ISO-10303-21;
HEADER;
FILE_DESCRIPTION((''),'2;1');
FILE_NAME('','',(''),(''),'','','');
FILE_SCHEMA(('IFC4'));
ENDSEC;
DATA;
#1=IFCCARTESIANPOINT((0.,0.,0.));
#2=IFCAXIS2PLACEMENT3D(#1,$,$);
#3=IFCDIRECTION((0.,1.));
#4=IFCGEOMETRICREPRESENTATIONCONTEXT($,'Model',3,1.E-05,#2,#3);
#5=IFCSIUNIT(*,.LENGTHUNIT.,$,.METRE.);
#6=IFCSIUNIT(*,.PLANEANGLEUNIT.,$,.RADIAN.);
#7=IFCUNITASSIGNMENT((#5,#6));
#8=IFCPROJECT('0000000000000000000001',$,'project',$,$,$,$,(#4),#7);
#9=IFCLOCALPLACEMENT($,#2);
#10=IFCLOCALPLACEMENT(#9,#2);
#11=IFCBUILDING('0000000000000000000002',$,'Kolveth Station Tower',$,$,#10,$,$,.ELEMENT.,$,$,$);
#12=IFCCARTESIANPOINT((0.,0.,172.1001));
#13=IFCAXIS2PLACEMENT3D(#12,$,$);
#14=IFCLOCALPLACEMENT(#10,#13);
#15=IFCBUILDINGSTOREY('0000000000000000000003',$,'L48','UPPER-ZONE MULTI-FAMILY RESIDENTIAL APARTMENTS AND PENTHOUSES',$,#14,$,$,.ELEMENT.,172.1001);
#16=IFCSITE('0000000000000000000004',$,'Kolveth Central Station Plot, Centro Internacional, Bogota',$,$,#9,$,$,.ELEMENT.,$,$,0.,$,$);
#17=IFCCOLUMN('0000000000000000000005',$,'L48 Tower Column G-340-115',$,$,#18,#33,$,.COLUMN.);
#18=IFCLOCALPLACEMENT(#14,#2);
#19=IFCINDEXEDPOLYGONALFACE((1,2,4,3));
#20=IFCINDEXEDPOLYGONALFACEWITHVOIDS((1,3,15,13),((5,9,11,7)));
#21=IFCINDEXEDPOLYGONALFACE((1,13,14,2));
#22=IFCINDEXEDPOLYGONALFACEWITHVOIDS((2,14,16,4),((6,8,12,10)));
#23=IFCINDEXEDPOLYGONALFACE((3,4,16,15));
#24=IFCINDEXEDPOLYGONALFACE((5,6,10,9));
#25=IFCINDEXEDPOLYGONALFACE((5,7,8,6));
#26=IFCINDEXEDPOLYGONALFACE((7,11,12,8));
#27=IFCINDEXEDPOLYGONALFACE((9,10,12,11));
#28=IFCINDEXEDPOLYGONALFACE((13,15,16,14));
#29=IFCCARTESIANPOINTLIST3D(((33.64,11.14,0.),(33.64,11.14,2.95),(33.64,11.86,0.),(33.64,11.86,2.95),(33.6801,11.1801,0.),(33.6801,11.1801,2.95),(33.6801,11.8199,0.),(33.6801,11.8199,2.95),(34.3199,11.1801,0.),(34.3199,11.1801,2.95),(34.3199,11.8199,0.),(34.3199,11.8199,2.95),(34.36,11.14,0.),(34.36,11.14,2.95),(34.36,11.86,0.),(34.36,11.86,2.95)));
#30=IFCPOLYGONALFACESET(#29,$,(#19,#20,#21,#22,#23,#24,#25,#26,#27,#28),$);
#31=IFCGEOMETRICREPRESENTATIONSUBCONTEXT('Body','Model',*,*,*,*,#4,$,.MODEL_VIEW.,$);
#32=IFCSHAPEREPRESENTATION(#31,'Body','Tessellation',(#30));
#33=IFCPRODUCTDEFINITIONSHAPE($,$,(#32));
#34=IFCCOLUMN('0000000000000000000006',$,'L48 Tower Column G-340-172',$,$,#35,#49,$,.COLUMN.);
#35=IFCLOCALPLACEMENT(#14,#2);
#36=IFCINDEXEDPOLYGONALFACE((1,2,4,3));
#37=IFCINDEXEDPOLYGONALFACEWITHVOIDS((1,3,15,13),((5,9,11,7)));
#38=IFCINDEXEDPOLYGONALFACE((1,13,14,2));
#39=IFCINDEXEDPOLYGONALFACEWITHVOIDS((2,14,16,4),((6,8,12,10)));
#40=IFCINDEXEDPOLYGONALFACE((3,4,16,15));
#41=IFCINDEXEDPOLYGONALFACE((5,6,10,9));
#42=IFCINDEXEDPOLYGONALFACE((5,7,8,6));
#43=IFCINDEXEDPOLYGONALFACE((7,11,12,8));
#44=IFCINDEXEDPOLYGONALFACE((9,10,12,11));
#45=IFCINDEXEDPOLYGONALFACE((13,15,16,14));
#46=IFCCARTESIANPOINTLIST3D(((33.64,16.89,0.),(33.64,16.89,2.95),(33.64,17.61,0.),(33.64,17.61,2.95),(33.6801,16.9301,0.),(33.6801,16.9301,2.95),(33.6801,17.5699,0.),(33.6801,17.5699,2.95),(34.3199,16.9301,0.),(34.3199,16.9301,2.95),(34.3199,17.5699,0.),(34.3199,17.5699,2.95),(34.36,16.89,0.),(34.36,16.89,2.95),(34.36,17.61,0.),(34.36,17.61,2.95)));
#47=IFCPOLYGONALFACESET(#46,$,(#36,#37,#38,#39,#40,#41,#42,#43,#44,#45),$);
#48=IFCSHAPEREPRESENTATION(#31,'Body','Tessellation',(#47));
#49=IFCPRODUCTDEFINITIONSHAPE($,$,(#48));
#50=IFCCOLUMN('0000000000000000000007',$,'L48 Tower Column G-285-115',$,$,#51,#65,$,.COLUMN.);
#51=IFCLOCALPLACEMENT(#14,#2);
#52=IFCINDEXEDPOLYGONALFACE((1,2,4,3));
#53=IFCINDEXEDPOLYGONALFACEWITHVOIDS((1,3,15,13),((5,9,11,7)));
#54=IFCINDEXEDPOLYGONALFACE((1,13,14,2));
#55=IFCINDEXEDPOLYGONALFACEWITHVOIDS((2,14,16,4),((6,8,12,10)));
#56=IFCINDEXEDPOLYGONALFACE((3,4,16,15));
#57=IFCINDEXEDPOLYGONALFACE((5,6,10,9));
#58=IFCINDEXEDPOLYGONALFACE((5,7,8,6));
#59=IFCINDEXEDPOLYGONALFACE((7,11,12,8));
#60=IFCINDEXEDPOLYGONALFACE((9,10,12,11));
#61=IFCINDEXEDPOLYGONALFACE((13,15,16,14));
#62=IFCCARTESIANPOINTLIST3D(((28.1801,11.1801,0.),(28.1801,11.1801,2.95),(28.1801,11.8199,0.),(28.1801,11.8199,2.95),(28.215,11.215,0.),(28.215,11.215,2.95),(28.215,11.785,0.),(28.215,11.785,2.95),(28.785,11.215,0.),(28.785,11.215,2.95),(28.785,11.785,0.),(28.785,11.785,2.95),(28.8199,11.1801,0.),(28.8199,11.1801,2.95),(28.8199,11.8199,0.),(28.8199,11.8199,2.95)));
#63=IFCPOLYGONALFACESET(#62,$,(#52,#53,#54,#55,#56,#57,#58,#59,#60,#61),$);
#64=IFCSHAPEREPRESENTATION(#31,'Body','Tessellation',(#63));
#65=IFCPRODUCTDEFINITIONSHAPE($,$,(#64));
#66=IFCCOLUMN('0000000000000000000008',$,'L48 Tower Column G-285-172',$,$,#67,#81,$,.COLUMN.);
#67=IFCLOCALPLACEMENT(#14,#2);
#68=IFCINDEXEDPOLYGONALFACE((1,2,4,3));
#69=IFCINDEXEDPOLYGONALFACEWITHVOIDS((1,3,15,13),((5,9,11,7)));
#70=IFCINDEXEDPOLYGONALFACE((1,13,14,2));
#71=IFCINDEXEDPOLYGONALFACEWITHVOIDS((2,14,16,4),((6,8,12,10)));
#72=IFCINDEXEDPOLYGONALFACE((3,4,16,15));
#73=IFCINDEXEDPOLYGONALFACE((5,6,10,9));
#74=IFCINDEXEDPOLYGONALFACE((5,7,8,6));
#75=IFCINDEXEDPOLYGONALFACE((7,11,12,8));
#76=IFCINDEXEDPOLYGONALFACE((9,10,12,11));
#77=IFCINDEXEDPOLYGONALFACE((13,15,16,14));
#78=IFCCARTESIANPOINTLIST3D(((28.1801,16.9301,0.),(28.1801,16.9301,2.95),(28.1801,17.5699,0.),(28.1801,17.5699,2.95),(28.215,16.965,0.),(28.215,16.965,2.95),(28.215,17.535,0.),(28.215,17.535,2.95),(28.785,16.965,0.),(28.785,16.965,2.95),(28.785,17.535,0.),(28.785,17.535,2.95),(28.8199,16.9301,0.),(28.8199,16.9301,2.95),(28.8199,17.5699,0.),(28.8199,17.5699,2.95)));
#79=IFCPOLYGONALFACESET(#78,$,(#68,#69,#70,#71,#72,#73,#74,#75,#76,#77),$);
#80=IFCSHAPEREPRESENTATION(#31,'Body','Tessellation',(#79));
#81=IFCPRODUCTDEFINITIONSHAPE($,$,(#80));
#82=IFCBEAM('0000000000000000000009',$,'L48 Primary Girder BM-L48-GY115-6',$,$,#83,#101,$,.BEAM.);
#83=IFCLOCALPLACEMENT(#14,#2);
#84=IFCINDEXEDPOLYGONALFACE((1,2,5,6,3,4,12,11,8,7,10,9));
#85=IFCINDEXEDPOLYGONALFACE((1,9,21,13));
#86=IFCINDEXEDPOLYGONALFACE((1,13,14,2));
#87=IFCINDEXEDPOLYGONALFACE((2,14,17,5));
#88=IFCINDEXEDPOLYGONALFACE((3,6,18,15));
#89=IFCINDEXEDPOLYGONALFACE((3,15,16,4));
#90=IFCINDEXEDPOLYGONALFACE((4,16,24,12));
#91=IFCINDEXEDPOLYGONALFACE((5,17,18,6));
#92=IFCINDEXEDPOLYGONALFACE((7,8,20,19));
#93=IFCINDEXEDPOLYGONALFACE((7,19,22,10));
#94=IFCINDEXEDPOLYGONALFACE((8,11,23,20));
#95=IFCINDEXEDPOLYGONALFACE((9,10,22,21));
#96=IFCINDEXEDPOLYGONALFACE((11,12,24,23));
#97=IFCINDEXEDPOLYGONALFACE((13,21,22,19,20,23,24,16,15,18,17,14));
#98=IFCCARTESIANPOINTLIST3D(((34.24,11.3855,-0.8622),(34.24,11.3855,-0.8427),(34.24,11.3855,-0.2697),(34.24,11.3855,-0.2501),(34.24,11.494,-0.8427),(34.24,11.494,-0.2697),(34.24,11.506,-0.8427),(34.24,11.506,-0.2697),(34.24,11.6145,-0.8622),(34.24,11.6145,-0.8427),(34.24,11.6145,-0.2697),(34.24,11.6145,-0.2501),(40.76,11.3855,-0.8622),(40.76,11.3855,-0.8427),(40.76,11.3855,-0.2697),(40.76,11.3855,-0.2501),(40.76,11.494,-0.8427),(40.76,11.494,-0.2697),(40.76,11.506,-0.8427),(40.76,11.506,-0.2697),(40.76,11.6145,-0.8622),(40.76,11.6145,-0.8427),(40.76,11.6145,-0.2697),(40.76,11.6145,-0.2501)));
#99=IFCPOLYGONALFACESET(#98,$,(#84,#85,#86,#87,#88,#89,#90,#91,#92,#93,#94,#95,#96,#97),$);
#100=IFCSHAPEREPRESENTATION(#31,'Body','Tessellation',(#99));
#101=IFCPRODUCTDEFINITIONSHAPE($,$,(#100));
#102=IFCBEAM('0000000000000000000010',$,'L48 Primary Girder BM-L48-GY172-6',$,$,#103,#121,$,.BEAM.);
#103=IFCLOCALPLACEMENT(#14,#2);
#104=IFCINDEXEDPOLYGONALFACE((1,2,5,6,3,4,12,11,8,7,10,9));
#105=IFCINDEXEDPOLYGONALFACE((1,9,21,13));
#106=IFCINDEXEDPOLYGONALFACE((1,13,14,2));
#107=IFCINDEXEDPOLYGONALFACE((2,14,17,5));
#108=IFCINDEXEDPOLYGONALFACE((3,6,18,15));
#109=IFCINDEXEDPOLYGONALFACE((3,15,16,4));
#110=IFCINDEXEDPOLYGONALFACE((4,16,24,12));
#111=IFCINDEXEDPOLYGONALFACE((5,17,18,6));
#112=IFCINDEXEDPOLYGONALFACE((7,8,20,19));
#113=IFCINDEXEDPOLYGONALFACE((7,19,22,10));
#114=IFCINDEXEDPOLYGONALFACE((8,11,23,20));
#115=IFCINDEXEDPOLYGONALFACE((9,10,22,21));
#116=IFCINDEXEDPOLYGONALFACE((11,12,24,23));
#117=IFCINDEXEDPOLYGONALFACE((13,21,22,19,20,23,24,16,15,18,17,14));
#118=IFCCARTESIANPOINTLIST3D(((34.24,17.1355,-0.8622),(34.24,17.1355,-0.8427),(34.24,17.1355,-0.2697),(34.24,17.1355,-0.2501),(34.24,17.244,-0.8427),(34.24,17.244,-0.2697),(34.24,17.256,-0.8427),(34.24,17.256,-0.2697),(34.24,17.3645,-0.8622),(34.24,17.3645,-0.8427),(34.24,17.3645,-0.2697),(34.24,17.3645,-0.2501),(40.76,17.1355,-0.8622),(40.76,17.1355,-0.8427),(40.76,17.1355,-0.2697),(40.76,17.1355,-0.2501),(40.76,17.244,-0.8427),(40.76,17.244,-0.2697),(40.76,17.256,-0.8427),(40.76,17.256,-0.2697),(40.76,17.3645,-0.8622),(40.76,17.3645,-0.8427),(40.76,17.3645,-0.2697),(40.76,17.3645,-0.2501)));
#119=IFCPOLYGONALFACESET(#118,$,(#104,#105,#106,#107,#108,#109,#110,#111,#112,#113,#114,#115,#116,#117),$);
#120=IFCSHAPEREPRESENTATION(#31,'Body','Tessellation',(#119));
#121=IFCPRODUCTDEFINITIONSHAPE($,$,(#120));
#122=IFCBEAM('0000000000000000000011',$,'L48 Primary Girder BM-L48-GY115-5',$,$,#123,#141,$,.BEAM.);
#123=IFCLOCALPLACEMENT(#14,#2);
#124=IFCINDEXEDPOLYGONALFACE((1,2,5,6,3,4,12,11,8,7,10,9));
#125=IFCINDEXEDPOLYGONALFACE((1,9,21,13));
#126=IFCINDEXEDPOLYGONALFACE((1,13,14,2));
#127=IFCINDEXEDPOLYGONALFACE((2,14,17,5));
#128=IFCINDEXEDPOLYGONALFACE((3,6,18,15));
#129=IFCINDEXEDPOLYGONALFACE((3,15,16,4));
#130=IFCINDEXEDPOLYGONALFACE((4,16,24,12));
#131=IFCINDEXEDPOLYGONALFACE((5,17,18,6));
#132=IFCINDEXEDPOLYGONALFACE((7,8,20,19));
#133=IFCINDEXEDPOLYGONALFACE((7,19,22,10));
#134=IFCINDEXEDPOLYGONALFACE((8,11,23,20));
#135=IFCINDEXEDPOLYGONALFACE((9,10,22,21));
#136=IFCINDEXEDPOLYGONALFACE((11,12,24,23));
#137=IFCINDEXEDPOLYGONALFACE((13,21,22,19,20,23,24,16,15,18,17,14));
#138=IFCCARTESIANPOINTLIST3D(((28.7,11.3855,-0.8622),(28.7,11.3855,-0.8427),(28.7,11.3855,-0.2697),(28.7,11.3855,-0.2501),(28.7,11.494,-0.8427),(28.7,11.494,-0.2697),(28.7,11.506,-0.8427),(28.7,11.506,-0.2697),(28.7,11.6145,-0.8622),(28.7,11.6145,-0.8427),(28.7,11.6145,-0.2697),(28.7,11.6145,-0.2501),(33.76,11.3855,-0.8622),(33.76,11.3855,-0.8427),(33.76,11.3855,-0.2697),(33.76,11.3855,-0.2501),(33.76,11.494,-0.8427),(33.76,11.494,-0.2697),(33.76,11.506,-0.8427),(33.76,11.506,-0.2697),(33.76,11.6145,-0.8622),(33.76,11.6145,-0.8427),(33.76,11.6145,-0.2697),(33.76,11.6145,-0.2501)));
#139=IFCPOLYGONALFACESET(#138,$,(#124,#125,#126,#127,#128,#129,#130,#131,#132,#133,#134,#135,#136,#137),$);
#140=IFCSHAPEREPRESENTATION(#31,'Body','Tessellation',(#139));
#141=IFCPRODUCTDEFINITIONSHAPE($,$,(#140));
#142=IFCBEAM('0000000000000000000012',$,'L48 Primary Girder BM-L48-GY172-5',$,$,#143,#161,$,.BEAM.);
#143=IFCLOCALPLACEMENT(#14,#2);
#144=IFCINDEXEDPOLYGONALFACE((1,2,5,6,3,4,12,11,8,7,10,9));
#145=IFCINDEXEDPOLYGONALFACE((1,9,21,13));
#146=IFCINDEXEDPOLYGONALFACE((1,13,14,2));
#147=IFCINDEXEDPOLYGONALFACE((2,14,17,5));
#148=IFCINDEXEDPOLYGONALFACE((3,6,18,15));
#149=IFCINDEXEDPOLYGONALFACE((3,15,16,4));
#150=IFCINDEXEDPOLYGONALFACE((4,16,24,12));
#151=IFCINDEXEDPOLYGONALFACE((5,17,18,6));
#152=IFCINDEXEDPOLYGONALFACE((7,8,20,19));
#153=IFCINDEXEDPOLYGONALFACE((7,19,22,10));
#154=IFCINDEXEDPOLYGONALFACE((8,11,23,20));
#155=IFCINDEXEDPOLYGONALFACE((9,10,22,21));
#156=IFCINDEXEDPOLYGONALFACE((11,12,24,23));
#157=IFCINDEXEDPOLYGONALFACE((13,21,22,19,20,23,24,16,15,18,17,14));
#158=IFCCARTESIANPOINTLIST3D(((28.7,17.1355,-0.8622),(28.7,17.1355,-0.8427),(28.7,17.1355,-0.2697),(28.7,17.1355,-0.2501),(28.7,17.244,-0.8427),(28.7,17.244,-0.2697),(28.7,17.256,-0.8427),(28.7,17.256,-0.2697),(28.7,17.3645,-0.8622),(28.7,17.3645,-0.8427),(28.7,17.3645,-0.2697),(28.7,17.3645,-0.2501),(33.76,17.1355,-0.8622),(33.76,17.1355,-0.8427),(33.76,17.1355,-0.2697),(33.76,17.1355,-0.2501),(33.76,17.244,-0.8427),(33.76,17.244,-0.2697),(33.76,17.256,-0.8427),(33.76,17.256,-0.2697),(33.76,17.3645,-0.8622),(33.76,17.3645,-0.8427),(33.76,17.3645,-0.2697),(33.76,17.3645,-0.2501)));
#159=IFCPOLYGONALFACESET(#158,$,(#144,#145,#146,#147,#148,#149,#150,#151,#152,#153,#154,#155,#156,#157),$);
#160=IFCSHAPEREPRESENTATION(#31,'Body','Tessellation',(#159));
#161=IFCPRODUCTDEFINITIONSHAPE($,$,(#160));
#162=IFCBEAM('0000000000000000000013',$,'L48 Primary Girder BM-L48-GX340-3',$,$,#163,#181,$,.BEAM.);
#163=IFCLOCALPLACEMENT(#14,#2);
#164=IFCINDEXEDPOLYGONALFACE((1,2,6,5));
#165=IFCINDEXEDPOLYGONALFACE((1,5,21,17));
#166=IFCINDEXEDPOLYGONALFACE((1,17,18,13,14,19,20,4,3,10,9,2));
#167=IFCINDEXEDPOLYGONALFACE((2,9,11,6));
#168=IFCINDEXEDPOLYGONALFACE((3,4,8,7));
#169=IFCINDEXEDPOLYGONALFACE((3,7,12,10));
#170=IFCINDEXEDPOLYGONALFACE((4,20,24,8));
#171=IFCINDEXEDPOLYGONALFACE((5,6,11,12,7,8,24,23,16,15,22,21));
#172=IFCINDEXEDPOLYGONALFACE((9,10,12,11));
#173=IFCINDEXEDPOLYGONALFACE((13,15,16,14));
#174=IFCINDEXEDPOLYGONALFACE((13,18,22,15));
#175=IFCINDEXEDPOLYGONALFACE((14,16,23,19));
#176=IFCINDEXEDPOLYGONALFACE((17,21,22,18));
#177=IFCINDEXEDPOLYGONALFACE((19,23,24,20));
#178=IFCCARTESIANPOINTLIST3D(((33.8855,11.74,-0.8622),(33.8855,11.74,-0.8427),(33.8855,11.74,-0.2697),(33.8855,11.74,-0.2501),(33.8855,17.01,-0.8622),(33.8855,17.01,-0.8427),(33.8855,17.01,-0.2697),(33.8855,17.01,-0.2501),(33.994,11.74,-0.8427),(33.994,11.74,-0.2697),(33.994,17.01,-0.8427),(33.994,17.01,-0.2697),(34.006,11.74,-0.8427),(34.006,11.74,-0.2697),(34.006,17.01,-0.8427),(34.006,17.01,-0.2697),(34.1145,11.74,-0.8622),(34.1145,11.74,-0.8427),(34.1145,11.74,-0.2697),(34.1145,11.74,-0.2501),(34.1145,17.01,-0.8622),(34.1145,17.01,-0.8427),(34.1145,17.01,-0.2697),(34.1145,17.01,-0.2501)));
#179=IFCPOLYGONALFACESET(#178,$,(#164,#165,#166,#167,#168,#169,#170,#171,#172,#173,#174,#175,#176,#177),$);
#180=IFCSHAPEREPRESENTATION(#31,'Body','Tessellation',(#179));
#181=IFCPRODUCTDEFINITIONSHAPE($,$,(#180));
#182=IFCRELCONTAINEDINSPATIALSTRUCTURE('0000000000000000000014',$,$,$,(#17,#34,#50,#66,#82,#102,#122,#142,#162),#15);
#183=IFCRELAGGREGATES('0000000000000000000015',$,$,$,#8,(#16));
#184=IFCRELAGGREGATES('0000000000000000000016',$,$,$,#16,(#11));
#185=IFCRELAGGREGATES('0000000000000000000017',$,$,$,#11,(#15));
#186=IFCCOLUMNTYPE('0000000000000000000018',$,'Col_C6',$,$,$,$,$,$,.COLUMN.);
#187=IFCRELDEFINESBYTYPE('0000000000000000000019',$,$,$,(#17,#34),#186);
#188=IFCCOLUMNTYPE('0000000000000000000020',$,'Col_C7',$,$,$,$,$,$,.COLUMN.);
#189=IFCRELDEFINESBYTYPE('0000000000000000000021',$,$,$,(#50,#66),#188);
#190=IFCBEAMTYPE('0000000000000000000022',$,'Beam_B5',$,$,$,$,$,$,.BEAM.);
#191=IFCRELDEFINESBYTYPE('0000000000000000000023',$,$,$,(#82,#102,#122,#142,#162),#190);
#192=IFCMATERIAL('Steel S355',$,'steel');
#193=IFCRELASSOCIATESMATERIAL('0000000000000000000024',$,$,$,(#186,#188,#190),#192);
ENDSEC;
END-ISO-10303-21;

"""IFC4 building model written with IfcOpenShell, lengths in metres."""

from ifc_helpers import new_model, si_unit, direction, frame, origin, origin_2d, place, context, subcontext, project, spatial, hollow_rectangle, i_section, extrude, source, transform, mapped, material, material_profile, profile_set, type_object, element, save


model = new_model("IFC4")

# Units and contexts
model_context = context("Model", 3, precision=1e-05, world=origin(), true_north=direction((0.0, 1.0)))
body_context = subcontext(model_context, "Body", "Model", "MODEL_VIEW")
ifc_project = project(units=[si_unit("LENGTHUNIT", "METRE"), si_unit("PLANEANGLEUNIT", "RADIAN")], contexts=[model_context])

# Site, building, storey
site_placement = place(None, origin())
site = spatial("IfcSite", under=ifc_project, at=site_placement, Name="Kolveth Central Station Plot, Centro Internacional, Bogota", CompositionType="ELEMENT", RefElevation=0.0)
building_placement = place(site_placement, origin())
building = spatial("IfcBuilding", under=site, at=building_placement, Name="Kolveth Station Tower", CompositionType="ELEMENT")
storey_placement = place(building_placement, frame((0.0, 0.0, 172.1001)))
storey = spatial("IfcBuildingStorey", under=building, at=storey_placement, Name="L48", Description="UPPER-ZONE MULTI-FAMILY RESIDENTIAL APARTMENTS AND PENTHOUSES", CompositionType="ELEMENT", Elevation=172.1001)

# Columns
ifc_material_1 = material(Name="Steel S355", Category="steel")
ifc_material_profile_1 = material_profile(ifc_material_1, hollow_rectangle(XDim=0.72, YDim=0.72, WallThickness=0.04, at=origin_2d()), Name="BOX720x720x40")
ifc_profile_set_1 = profile_set([ifc_material_profile_1], Name="Steel S355")
column_type_1 = type_object("IfcColumnType", Name="Col_C6", PredefinedType="COLUMN", material=ifc_profile_set_1)
shared_shape_1 = source(origin(), body_context, "Body", "SweptSolid", [
    extrude(hollow_rectangle(XDim=0.72, YDim=0.72, WallThickness=0.04, at=origin_2d()), origin(), (0.0, 0.0, 1.0), 2.95),
])
for number, where, z_axis, x_axis, name in (
    (1, (34.0, 11.5, 0.0), (0.0, 0.0, 1.0), (1.0, 0.0, 0.0), "L48 Tower Column G-340-115"),
    (2, (34.0, 17.25, 0.0), (0.0, 0.0, 1.0), (1.0, 0.0, 0.0), "L48 Tower Column G-340-172"),
):
    element("IfcColumn", number, at=place(storey_placement, frame(where, z_axis=z_axis, x_axis=x_axis)), inside=storey, type_object=column_type_1, Name=name, PredefinedType="COLUMN", context=body_context, shape_type="MappedRepresentation", body=[
        mapped(shared_shape_1, transform((0.0, 0.0, 0.0), x_axis=(1.0, 0.0, 0.0), y_axis=(0.0, 1.0, 0.0), z_axis=(0.0, 0.0, 1.0), scale=1.0)),
    ])
ifc_material_profile_2 = material_profile(ifc_material_1, hollow_rectangle(XDim=0.6399, YDim=0.6399, WallThickness=0.0349, at=origin_2d()), Name="BOX640x640x35")
ifc_profile_set_2 = profile_set([ifc_material_profile_2], Name="Steel S355")
column_type_2 = type_object("IfcColumnType", Name="Col_C7", PredefinedType="COLUMN", material=ifc_profile_set_2)
shared_shape_2 = source(origin(), body_context, "Body", "SweptSolid", [
    extrude(hollow_rectangle(XDim=0.6399, YDim=0.6399, WallThickness=0.0349, at=origin_2d()), origin(), (0.0, 0.0, 1.0), 2.95),
])
for number, where, z_axis, x_axis, name in (
    (3, (28.5, 11.5, 0.0), (0.0, 0.0, 1.0), (1.0, 0.0, 0.0), "L48 Tower Column G-285-115"),
    (4, (28.5, 17.25, 0.0), (0.0, 0.0, 1.0), (1.0, 0.0, 0.0), "L48 Tower Column G-285-172"),
):
    element("IfcColumn", number, at=place(storey_placement, frame(where, z_axis=z_axis, x_axis=x_axis)), inside=storey, type_object=column_type_2, Name=name, PredefinedType="COLUMN", context=body_context, shape_type="MappedRepresentation", body=[
        mapped(shared_shape_2, transform((0.0, 0.0, 0.0), x_axis=(1.0, 0.0, 0.0), y_axis=(0.0, 1.0, 0.0), z_axis=(0.0, 0.0, 1.0), scale=1.0)),
    ])

# Beams
ifc_material_profile_3 = material_profile(ifc_material_1, i_section(OverallWidth=0.229, OverallDepth=0.6121, WebThickness=0.012, FlangeThickness=0.0195, at=origin_2d()), Name="W610x125")
ifc_profile_set_3 = profile_set([ifc_material_profile_3], Name="Steel S355")
beam_type_1 = type_object("IfcBeamType", Name="Beam_B5", PredefinedType="BEAM", material=ifc_profile_set_3)
shared_shape_3 = source(origin(), body_context, "Body", "SweptSolid", [
    extrude(i_section(OverallWidth=0.229, OverallDepth=0.6121, WebThickness=0.012, FlangeThickness=0.0195, at=origin_2d()), origin(), (0.0, 0.0, 1.0), 6.52),
])
for number, where, z_axis, x_axis, name in (
    (5, (34.24, 11.5, -0.5562), (1.0, 0.0, 0.0), (0.0, 1.0, 0.0), "L48 Primary Girder BM-L48-GY115-6"),
    (6, (34.24, 17.25, -0.5562), (1.0, 0.0, 0.0), (0.0, 1.0, 0.0), "L48 Primary Girder BM-L48-GY172-6"),
):
    element("IfcBeam", number, at=place(storey_placement, frame(where, z_axis=z_axis, x_axis=x_axis)), inside=storey, type_object=beam_type_1, Name=name, PredefinedType="BEAM", context=body_context, shape_type="MappedRepresentation", body=[
        mapped(shared_shape_3, transform((0.0, 0.0, 0.0), x_axis=(1.0, 0.0, 0.0), y_axis=(0.0, 1.0, 0.0), z_axis=(0.0, 0.0, 1.0), scale=1.0)),
    ])
shared_shape_4 = source(origin(), body_context, "Body", "SweptSolid", [
    extrude(i_section(OverallWidth=0.229, OverallDepth=0.6121, WebThickness=0.012, FlangeThickness=0.0195, at=origin_2d()), origin(), (0.0, 0.0, 1.0), 5.0601),
])
for number, where, z_axis, x_axis, name in (
    (7, (28.7, 11.5, -0.5562), (1.0, 0.0, 0.0), (0.0, 1.0, 0.0), "L48 Primary Girder BM-L48-GY115-5"),
    (8, (28.7, 17.25, -0.5562), (1.0, 0.0, 0.0), (0.0, 1.0, 0.0), "L48 Primary Girder BM-L48-GY172-5"),
):
    element("IfcBeam", number, at=place(storey_placement, frame(where, z_axis=z_axis, x_axis=x_axis)), inside=storey, type_object=beam_type_1, Name=name, PredefinedType="BEAM", context=body_context, shape_type="MappedRepresentation", body=[
        mapped(shared_shape_4, transform((0.0, 0.0, 0.0), x_axis=(1.0, 0.0, 0.0), y_axis=(0.0, 1.0, 0.0), z_axis=(0.0, 0.0, 1.0), scale=1.0)),
    ])
shared_shape_5 = source(origin(), body_context, "Body", "SweptSolid", [
    extrude(i_section(OverallWidth=0.229, OverallDepth=0.6121, WebThickness=0.012, FlangeThickness=0.0195, at=origin_2d()), origin(), (0.0, 0.0, 1.0), 5.27),
])
for number, where, z_axis, x_axis, name in (
    (9, (34.0, 11.74, -0.5562), (0.0, 1.0, 0.0), (-1.0, 0.0, 0.0), "L48 Primary Girder BM-L48-GX340-3"),
):
    element("IfcBeam", number, at=place(storey_placement, frame(where, z_axis=z_axis, x_axis=x_axis)), inside=storey, type_object=beam_type_1, Name=name, PredefinedType="BEAM", context=body_context, shape_type="MappedRepresentation", body=[
        mapped(shared_shape_5, transform((0.0, 0.0, 0.0), x_axis=(1.0, 0.0, 0.0), y_axis=(0.0, 1.0, 0.0), z_axis=(0.0, 0.0, 1.0), scale=1.0)),
    ])

save(model, "model.ifc")
